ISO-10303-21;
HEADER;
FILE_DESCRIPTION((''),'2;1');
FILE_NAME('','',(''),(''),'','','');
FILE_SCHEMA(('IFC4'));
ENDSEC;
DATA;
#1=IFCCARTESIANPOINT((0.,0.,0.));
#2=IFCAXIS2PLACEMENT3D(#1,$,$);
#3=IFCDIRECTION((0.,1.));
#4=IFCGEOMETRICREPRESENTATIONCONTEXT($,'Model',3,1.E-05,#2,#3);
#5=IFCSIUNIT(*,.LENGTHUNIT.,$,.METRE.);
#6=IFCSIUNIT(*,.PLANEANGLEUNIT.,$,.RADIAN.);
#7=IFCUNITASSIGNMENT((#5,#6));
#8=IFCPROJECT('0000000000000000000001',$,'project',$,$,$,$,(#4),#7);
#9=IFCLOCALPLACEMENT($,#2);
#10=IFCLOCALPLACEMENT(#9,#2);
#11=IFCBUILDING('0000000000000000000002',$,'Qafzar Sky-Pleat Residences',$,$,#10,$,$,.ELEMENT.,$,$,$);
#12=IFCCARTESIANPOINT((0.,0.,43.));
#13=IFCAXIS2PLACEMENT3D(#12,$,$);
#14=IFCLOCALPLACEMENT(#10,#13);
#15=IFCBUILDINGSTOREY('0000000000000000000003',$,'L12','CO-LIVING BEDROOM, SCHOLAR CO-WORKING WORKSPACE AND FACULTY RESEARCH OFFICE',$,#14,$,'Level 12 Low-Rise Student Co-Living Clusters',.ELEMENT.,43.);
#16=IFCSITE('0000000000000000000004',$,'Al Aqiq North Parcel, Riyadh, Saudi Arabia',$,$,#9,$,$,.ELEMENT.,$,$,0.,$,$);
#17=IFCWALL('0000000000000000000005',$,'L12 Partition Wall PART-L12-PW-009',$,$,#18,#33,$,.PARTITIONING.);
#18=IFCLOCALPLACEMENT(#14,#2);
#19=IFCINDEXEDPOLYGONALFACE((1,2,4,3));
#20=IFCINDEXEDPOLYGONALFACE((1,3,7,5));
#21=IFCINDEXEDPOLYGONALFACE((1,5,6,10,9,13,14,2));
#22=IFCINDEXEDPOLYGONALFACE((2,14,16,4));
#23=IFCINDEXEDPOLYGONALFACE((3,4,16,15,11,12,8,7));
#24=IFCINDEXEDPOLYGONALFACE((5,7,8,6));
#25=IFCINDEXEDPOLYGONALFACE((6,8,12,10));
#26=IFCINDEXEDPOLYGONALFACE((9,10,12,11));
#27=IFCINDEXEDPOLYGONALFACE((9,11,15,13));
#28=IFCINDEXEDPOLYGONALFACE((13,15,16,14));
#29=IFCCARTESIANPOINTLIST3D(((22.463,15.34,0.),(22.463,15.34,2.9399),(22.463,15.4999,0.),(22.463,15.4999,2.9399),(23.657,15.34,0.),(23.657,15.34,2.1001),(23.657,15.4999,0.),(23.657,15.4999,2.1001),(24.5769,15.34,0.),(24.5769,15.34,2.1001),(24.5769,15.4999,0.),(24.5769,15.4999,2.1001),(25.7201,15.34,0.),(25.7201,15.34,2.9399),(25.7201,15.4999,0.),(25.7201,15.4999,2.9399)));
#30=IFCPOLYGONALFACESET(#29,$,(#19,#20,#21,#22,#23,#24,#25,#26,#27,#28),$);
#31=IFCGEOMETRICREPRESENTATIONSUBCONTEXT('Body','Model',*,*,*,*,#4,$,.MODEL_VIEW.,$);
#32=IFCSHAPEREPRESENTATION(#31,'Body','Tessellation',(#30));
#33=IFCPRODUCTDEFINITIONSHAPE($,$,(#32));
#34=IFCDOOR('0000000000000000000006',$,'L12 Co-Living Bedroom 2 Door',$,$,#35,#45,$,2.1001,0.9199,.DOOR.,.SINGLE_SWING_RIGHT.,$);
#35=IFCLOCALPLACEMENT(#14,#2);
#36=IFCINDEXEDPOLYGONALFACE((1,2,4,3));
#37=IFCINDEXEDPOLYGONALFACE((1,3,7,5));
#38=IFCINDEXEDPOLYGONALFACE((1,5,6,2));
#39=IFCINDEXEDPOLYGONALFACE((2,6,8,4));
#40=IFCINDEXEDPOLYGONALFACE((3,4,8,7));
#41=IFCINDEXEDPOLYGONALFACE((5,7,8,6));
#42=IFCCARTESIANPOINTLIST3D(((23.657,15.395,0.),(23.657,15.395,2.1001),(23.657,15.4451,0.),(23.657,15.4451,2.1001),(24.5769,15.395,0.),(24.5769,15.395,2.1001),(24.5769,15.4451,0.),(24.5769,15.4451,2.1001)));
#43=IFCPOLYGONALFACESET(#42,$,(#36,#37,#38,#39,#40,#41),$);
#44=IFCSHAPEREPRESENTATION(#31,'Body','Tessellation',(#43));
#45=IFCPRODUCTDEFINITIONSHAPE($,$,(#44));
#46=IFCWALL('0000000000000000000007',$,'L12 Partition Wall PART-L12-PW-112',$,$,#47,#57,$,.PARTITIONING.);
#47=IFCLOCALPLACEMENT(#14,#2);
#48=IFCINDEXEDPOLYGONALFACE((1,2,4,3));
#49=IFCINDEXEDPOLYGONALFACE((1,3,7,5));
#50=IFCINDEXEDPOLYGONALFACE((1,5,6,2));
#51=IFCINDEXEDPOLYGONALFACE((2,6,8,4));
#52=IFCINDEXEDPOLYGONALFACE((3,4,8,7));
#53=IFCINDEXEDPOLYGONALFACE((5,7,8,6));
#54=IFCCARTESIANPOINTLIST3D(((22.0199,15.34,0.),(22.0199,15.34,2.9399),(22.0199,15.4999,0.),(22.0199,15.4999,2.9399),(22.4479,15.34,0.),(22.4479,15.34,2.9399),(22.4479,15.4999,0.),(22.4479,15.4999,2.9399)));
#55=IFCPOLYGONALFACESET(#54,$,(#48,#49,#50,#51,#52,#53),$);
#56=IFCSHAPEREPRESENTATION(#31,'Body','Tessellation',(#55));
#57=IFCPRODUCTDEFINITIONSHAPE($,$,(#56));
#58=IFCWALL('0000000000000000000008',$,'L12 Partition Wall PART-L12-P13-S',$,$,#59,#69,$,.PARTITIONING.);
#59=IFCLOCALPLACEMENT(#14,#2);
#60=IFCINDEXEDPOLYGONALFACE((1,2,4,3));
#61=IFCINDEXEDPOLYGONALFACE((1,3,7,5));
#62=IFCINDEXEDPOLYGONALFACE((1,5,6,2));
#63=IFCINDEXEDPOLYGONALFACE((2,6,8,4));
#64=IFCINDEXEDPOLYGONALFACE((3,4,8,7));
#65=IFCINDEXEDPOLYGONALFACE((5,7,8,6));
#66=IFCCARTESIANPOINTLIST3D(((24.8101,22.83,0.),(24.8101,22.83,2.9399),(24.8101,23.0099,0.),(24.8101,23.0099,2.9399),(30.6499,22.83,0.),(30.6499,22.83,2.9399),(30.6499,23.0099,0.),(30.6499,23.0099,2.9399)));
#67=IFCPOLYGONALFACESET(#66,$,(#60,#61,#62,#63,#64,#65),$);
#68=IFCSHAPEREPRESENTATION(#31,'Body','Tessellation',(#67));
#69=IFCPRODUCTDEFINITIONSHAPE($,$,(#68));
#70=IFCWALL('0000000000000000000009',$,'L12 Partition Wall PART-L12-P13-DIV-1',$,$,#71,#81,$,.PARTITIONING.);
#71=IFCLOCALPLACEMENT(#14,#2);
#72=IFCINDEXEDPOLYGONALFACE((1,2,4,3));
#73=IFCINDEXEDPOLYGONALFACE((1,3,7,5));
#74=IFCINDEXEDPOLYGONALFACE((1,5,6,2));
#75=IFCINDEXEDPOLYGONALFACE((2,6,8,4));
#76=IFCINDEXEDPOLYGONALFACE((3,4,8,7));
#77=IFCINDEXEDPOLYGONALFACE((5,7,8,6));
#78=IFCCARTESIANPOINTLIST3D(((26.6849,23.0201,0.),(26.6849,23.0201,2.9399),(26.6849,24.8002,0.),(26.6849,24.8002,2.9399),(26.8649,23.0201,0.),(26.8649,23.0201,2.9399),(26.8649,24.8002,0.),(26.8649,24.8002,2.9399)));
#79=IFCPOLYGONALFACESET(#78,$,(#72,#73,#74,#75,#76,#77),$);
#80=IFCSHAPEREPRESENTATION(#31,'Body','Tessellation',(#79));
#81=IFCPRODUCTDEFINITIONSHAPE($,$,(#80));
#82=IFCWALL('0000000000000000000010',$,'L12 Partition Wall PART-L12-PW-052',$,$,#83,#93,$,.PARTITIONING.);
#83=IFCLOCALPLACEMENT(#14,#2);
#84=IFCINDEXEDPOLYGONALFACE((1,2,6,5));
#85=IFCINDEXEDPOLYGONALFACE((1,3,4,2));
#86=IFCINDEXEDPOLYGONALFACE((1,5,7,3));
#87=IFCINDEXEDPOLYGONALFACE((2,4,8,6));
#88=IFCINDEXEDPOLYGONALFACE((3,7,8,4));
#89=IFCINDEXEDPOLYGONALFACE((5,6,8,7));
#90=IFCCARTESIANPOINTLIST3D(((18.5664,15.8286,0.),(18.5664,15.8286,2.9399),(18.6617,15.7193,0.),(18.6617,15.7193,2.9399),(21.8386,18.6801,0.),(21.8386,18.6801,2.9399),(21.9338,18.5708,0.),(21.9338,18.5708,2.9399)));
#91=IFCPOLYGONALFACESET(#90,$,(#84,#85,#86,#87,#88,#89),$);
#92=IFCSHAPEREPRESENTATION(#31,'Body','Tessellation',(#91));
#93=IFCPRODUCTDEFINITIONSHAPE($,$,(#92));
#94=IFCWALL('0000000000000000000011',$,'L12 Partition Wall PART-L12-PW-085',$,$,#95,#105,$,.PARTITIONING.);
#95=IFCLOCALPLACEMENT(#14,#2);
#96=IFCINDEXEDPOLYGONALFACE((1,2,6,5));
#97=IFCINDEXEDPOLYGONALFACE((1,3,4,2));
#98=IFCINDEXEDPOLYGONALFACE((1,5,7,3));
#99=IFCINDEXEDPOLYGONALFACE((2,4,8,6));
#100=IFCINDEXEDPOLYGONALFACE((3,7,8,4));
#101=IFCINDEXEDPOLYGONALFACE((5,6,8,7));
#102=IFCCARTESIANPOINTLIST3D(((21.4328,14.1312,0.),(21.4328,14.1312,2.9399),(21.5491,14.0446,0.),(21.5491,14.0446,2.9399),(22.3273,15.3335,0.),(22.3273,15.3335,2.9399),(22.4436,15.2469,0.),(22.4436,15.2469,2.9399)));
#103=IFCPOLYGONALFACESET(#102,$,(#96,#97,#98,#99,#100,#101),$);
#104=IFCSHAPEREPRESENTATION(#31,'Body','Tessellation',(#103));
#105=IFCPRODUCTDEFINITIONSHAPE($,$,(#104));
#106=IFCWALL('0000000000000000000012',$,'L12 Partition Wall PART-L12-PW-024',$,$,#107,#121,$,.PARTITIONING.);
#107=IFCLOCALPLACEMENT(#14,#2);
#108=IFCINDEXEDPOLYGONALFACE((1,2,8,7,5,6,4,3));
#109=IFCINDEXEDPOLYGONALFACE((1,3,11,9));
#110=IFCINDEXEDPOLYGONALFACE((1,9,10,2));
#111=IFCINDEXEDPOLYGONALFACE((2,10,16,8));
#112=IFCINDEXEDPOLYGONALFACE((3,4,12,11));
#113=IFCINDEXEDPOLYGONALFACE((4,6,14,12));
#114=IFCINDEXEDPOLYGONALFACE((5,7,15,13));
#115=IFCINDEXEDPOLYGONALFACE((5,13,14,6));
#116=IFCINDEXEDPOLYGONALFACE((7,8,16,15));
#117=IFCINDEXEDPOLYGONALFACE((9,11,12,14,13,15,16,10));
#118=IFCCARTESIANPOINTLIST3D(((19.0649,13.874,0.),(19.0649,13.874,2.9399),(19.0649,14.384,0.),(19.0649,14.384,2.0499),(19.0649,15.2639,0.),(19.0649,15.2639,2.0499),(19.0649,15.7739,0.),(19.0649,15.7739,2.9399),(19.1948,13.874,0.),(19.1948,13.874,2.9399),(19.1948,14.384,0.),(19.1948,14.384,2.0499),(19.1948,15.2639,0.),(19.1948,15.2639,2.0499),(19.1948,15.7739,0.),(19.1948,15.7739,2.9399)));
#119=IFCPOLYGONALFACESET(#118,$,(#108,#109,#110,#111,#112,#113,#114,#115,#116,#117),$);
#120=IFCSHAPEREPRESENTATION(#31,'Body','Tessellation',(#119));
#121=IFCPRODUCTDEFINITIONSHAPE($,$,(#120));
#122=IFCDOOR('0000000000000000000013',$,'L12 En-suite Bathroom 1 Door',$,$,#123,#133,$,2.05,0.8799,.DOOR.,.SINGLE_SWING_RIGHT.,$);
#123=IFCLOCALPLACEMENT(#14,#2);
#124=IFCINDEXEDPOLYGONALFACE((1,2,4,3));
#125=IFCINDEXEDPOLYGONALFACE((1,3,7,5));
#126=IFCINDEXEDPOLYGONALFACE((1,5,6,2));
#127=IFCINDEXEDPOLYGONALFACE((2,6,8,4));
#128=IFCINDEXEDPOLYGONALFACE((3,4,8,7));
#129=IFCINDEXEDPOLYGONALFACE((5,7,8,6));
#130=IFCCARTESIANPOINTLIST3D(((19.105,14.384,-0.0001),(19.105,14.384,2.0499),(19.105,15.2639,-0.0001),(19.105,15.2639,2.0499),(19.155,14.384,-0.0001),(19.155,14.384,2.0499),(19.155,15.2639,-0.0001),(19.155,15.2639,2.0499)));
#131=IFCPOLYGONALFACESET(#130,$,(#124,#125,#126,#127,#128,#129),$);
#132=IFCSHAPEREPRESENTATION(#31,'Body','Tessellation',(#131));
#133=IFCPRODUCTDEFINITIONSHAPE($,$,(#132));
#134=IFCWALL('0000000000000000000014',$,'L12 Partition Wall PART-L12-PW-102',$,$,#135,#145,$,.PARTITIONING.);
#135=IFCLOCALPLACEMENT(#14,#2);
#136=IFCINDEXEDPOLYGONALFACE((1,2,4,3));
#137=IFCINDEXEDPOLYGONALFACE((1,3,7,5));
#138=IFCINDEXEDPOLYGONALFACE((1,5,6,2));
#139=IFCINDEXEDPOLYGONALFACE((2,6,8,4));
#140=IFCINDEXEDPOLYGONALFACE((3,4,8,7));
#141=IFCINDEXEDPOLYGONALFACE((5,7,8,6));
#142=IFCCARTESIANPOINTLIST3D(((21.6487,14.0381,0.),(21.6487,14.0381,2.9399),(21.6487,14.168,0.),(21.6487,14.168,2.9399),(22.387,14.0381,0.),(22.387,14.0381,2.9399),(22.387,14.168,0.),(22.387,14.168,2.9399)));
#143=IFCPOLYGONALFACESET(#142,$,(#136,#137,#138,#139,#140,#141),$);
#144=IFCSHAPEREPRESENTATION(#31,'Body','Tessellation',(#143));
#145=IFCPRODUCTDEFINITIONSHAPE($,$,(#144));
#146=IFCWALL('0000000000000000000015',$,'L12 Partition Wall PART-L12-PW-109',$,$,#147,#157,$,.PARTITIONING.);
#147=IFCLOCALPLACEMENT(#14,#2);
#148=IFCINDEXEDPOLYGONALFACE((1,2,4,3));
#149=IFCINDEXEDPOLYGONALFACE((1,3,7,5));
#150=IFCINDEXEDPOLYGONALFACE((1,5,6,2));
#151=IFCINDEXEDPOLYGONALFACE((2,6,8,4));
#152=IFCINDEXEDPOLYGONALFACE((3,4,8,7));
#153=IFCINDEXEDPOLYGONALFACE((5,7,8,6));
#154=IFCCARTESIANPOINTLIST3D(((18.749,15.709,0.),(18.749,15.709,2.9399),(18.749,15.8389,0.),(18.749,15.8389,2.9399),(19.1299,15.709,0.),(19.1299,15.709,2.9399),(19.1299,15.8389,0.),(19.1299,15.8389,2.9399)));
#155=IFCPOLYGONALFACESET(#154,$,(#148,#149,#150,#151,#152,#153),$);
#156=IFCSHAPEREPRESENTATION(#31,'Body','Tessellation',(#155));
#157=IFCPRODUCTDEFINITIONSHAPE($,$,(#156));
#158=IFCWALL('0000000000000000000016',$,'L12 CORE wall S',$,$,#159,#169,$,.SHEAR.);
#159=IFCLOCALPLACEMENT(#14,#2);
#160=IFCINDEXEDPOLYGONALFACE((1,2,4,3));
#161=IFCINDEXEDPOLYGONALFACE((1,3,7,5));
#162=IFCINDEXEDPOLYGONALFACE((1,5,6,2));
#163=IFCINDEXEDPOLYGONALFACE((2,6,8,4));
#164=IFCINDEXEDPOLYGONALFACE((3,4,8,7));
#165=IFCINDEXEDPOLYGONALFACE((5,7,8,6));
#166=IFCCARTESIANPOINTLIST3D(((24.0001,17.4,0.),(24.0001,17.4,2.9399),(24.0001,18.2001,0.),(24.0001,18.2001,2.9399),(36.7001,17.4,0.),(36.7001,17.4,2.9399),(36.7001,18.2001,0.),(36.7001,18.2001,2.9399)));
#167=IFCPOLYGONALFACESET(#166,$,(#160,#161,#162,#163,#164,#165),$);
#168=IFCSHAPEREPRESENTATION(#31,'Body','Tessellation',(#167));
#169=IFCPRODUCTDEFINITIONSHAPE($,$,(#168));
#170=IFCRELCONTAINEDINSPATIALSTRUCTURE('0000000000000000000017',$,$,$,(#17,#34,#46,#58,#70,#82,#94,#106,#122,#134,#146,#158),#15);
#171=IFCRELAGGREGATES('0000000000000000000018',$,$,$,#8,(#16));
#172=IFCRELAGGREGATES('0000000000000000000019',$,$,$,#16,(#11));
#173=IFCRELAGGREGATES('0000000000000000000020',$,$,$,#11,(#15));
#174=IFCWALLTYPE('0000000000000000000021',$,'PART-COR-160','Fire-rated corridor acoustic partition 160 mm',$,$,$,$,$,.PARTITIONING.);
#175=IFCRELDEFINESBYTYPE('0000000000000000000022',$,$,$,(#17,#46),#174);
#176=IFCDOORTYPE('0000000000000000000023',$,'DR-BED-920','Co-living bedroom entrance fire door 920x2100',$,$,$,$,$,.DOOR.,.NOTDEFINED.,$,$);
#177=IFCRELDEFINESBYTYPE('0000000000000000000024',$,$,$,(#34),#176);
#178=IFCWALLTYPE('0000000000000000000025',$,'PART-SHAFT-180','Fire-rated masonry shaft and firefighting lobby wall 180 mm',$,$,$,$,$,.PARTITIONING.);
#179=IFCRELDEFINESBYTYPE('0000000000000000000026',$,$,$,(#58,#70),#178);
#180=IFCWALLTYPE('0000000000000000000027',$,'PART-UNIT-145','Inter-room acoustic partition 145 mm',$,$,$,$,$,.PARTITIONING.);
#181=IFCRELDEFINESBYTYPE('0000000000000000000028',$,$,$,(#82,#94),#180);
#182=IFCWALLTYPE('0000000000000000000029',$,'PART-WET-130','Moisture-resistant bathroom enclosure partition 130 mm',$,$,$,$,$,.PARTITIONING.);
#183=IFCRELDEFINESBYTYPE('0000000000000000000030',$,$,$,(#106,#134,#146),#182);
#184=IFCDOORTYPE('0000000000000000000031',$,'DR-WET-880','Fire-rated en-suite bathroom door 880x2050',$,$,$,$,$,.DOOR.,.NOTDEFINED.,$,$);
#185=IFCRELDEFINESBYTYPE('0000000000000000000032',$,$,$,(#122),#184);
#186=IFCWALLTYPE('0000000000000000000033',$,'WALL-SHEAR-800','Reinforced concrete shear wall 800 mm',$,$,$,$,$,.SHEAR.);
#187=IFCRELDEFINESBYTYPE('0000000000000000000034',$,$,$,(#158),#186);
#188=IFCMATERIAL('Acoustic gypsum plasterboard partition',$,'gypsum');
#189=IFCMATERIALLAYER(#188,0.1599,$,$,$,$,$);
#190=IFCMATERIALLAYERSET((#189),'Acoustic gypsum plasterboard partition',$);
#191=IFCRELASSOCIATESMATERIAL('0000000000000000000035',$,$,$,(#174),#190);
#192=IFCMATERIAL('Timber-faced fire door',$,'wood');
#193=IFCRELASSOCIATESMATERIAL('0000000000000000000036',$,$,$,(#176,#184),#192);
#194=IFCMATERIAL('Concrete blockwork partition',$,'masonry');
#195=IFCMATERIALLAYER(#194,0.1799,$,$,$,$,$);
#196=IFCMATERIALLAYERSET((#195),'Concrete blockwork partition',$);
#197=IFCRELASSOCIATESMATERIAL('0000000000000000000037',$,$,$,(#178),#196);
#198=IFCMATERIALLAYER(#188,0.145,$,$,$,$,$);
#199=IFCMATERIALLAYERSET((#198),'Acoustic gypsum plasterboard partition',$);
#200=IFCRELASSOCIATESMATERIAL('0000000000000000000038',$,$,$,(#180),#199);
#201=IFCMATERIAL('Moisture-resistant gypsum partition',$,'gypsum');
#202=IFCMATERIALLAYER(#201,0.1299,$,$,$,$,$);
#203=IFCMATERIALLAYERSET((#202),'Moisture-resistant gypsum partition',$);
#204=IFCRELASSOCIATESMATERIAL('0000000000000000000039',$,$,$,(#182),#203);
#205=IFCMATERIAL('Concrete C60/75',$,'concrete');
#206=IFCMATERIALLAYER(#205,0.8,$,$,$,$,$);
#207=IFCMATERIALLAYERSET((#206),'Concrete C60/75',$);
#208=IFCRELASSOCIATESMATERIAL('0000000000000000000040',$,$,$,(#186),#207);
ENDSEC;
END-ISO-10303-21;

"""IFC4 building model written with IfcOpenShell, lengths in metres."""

from ifc_helpers import new_model, si_unit, direction, frame, frame_2d, origin, place, context, subcontext, project, spatial, rectangle, extrude, source, transform, mapped, material, layer, layer_set, type_object, element, fill, save


model = new_model("IFC4")

# Units and contexts
model_context = context("Model", 3, precision=1e-05, world=origin(), true_north=direction((0.0, 1.0)))
body_context = subcontext(model_context, "Body", "Model", "MODEL_VIEW")
ifc_project = project(units=[si_unit("LENGTHUNIT", "METRE"), si_unit("PLANEANGLEUNIT", "RADIAN")], contexts=[model_context])

# Site, building, storey
site_placement = place(None, origin())
site = spatial("IfcSite", under=ifc_project, at=site_placement, Name="Al Aqiq North Parcel, Riyadh, Saudi Arabia", CompositionType="ELEMENT", RefElevation=0.0)
building_placement = place(site_placement, origin())
building = spatial("IfcBuilding", under=site, at=building_placement, Name="Qafzar Sky-Pleat Residences", CompositionType="ELEMENT")
storey_placement = place(building_placement, frame((0.0, 0.0, 43.0)))
storey = spatial("IfcBuildingStorey", under=building, at=storey_placement, Name="L12", Description="CO-LIVING BEDROOM, SCHOLAR CO-WORKING WORKSPACE AND FACULTY RESEARCH OFFICE", LongName="Level 12 Low-Rise Student Co-Living Clusters", CompositionType="ELEMENT", Elevation=43.0)

# Wall, opening, door
ifc_material_1 = material(Name="Acoustic gypsum plasterboard partition", Category="gypsum")
ifc_layer_1 = layer(ifc_material_1, 0.1599)
ifc_layer_set_1 = layer_set([ifc_layer_1], Name="Acoustic gypsum plasterboard partition")
wall_type_1 = type_object("IfcWallType", Name="PART-COR-160", Description="Fire-rated corridor acoustic partition 160 mm", PredefinedType="PARTITIONING", material=ifc_layer_set_1)
ifc_material_2 = material(Name="Timber-faced fire door", Category="wood")
door_type_1 = type_object("IfcDoorType", Name="DR-BED-920", Description="Co-living bedroom entrance fire door 920x2100", OperationType="NOTDEFINED", PredefinedType="DOOR", material=ifc_material_2)
shared_shape_1 = source(origin(), body_context, "Body", "SweptSolid", [
    extrude(rectangle(XDim=0.9199, YDim=2.1001, at=frame_2d((0.46, 1.05))), frame((0.0, 0.0249, 0.0), z_axis=(0.0, -1.0, 0.0), x_axis=(1.0, 0.0, 0.0)), (0.0, 0.0, 1.0), 0.05),
])
wall_1_placement = place(storey_placement, frame((25.72, 15.4199, 0.0), z_axis=(0.0, 0.0, 1.0), x_axis=(-1.0, 0.0, 0.0)))
wall_1 = element("IfcWall", 1, at=wall_1_placement, inside=storey, type_object=wall_type_1, Name="L12 Partition Wall PART-L12-PW-009", PredefinedType="PARTITIONING", context=body_context, shape_type="SweptSolid", body=[
    extrude(rectangle(XDim=3.2571, YDim=0.1599, at=frame_2d((1.6284, 0.0))), origin(), (0.0, 0.0, 1.0), 2.9399),
])
opening_1_placement = place(wall_1_placement, frame((1.1431, 0.0, 0.0)))
opening_1 = element("IfcOpeningElement", 2, at=opening_1_placement, cuts=wall_1, PredefinedType="OPENING", context=body_context, shape_type="SweptSolid", body=[
    extrude(rectangle(XDim=0.9199, YDim=2.1001, at=frame_2d((0.46, 1.05))), frame((0.0, 0.0898, 0.0), z_axis=(0.0, -1.0, 0.0), x_axis=(1.0, 0.0, 0.0)), (0.0, 0.0, 1.0), 0.1799),
])
door_1_placement = place(opening_1_placement, origin())
door_1 = element("IfcDoor", 3, at=door_1_placement, inside=storey, type_object=door_type_1, Name="L12 Co-Living Bedroom 2 Door", OperationType="SINGLE_SWING_RIGHT", OverallHeight=2.1001, OverallWidth=0.9199, PredefinedType="DOOR", context=body_context, shape_type="MappedRepresentation", body=[
    mapped(shared_shape_1, transform((0.0, 0.0, 0.0), x_axis=(1.0, 0.0, 0.0), y_axis=(0.0, 1.0, 0.0), z_axis=(0.0, 0.0, 1.0), scale=1.0)),
])
fill(opening_1, door_1)

# Walls
wall_2_placement = place(storey_placement, frame((22.02, 15.4199, 0.0), z_axis=(0.0, 0.0, 1.0), x_axis=(1.0, 0.0, 0.0)))
element("IfcWall", 4, at=wall_2_placement, inside=storey, type_object=wall_type_1, Name="L12 Partition Wall PART-L12-PW-112", PredefinedType="PARTITIONING", context=body_context, shape_type="SweptSolid", body=[
    extrude(rectangle(XDim=0.428, YDim=0.1599, at=frame_2d((0.2139, 0.0))), origin(), (0.0, 0.0, 1.0), 2.9399),
])
ifc_material_3 = material(Name="Concrete blockwork partition", Category="masonry")
ifc_layer_2 = layer(ifc_material_3, 0.1799)
ifc_layer_set_2 = layer_set([ifc_layer_2], Name="Concrete blockwork partition")
wall_type_2 = type_object("IfcWallType", Name="PART-SHAFT-180", Description="Fire-rated masonry shaft and firefighting lobby wall 180 mm", PredefinedType="PARTITIONING", material=ifc_layer_set_2)
wall_3_placement = place(storey_placement, frame((24.8101, 22.9199, 0.0), z_axis=(0.0, 0.0, 1.0), x_axis=(1.0, 0.0, 0.0)))
element("IfcWall", 5, at=wall_3_placement, inside=storey, type_object=wall_type_2, Name="L12 Partition Wall PART-L12-P13-S", PredefinedType="PARTITIONING", context=body_context, shape_type="SweptSolid", body=[
    extrude(rectangle(XDim=5.8398, YDim=0.1799, at=frame_2d((2.9199, 0.0))), origin(), (0.0, 0.0, 1.0), 2.9399),
])
wall_4_placement = place(storey_placement, frame((26.7749, 23.02, 0.0), z_axis=(0.0, 0.0, 1.0), x_axis=(0.0, 1.0, 0.0)))
element("IfcWall", 6, at=wall_4_placement, inside=storey, type_object=wall_type_2, Name="L12 Partition Wall PART-L12-P13-DIV-1", PredefinedType="PARTITIONING", context=body_context, shape_type="SweptSolid", body=[
    extrude(rectangle(XDim=1.78, YDim=0.1799, at=frame_2d((0.8901, 0.0))), origin(), (0.0, 0.0, 1.0), 2.9399),
])
ifc_layer_3 = layer(ifc_material_1, 0.145)
ifc_layer_set_3 = layer_set([ifc_layer_3], Name="Acoustic gypsum plasterboard partition")
wall_type_3 = type_object("IfcWallType", Name="PART-UNIT-145", Description="Inter-room acoustic partition 145 mm", PredefinedType="PARTITIONING", material=ifc_layer_set_3)
wall_5_placement = place(storey_placement, frame((18.614, 15.7739, 0.0), z_axis=(0.0, 0.0, 1.0), x_axis=(0.753903, 0.656986, 0.0)))
element("IfcWall", 7, at=wall_5_placement, inside=storey, type_object=wall_type_3, Name="L12 Partition Wall PART-L12-PW-052", PredefinedType="PARTITIONING", context=body_context, shape_type="SweptSolid", body=[
    extrude(rectangle(XDim=4.3403, YDim=0.145, at=frame_2d((2.1702, 0.0))), origin(), (0.0, 0.0, 1.0), 2.9399),
])
wall_6_placement = place(storey_placement, frame((21.491, 14.0879, 0.0), z_axis=(0.0, 0.0, 1.0), x_axis=(0.596894, 0.80232, 0.0)))
element("IfcWall", 8, at=wall_6_placement, inside=storey, type_object=wall_type_3, Name="L12 Partition Wall PART-L12-PW-085", PredefinedType="PARTITIONING", context=body_context, shape_type="SweptSolid", body=[
    extrude(rectangle(XDim=1.4985, YDim=0.145, at=frame_2d((0.7493, 0.0))), origin(), (0.0, 0.0, 1.0), 2.9399),
])

# Wall, opening, door
ifc_material_4 = material(Name="Moisture-resistant gypsum partition", Category="gypsum")
ifc_layer_4 = layer(ifc_material_4, 0.1299)
ifc_layer_set_4 = layer_set([ifc_layer_4], Name="Moisture-resistant gypsum partition")
wall_type_4 = type_object("IfcWallType", Name="PART-WET-130", Description="Moisture-resistant bathroom enclosure partition 130 mm", PredefinedType="PARTITIONING", material=ifc_layer_set_4)
wall_7_placement = place(storey_placement, frame((19.1299, 13.874, 0.0), z_axis=(0.0, 0.0, 1.0), x_axis=(0.0, 1.0, 0.0)))
wall_7 = element("IfcWall", 9, at=wall_7_placement, inside=storey, type_object=wall_type_4, Name="L12 Partition Wall PART-L12-PW-024", PredefinedType="PARTITIONING", context=body_context, shape_type="SweptSolid", body=[
    extrude(rectangle(XDim=1.8999, YDim=0.1299, at=frame_2d((0.95, 0.0))), origin(), (0.0, 0.0, 1.0), 2.9399),
])
opening_2_placement = place(wall_7_placement, frame((0.51, 0.0, 0.0)))
opening_2 = element("IfcOpeningElement", 10, at=opening_2_placement, cuts=wall_7, PredefinedType="OPENING", context=body_context, shape_type="SweptSolid", body=[
    extrude(rectangle(XDim=0.8799, YDim=2.05, at=frame_2d((0.4399, 1.0249))), frame((0.0, 0.075, 0.0), z_axis=(0.0, -1.0, 0.0), x_axis=(1.0, 0.0, 0.0)), (0.0, 0.0, 1.0), 0.1499),
])
door_type_2 = type_object("IfcDoorType", Name="DR-WET-880", Description="Fire-rated en-suite bathroom door 880x2050", OperationType="NOTDEFINED", PredefinedType="DOOR", material=ifc_material_2)
shared_shape_2 = source(origin(), body_context, "Body", "SweptSolid", [
    extrude(rectangle(XDim=0.8799, YDim=2.05, at=frame_2d((0.4399, 1.0249))), frame((0.0, 0.0249, 0.0), z_axis=(0.0, -1.0, 0.0), x_axis=(1.0, 0.0, 0.0)), (0.0, 0.0, 1.0), 0.05),
])
door_2_placement = place(opening_2_placement, origin())
door_2 = element("IfcDoor", 11, at=door_2_placement, inside=storey, type_object=door_type_2, Name="L12 En-suite Bathroom 1 Door", OperationType="SINGLE_SWING_RIGHT", OverallHeight=2.05, OverallWidth=0.8799, PredefinedType="DOOR", context=body_context, shape_type="MappedRepresentation", body=[
    mapped(shared_shape_2, transform((0.0, 0.0, 0.0), x_axis=(1.0, 0.0, 0.0), y_axis=(0.0, 1.0, 0.0), z_axis=(0.0, 0.0, 1.0), scale=1.0)),
])
fill(opening_2, door_2)

# Walls
wall_8_placement = place(storey_placement, frame((21.6487, 14.103, 0.0), z_axis=(0.0, 0.0, 1.0), x_axis=(1.0, 0.0, 0.0)))
element("IfcWall", 12, at=wall_8_placement, inside=storey, type_object=wall_type_4, Name="L12 Partition Wall PART-L12-PW-102", PredefinedType="PARTITIONING", context=body_context, shape_type="SweptSolid", body=[
    extrude(rectangle(XDim=0.7383, YDim=0.1299, at=frame_2d((0.3691, 0.0))), origin(), (0.0, 0.0, 1.0), 2.9399),
])
wall_9_placement = place(storey_placement, frame((18.749, 15.7739, 0.0), z_axis=(0.0, 0.0, 1.0), x_axis=(1.0, 0.0, 0.0)))
element("IfcWall", 13, at=wall_9_placement, inside=storey, type_object=wall_type_4, Name="L12 Partition Wall PART-L12-PW-109", PredefinedType="PARTITIONING", context=body_context, shape_type="SweptSolid", body=[
    extrude(rectangle(XDim=0.3809, YDim=0.1299, at=frame_2d((0.1904, 0.0))), origin(), (0.0, 0.0, 1.0), 2.9399),
])

# Shared definitions
ifc_material_5 = material(Name="Concrete C60/75", Category="concrete")

# Wall
ifc_layer_5 = layer(ifc_material_5, 0.8)
ifc_layer_set_5 = layer_set([ifc_layer_5], Name="Concrete C60/75")
wall_type_5 = type_object("IfcWallType", Name="WALL-SHEAR-800", Description="Reinforced concrete shear wall 800 mm", PredefinedType="SHEAR", material=ifc_layer_set_5)
wall_10_placement = place(storey_placement, frame((24.0, 17.8, 0.0), z_axis=(0.0, 0.0, 1.0), x_axis=(1.0, 0.0, 0.0)))
element("IfcWall", 14, at=wall_10_placement, inside=storey, type_object=wall_type_5, Name="L12 CORE wall S", PredefinedType="SHEAR", context=body_context, shape_type="SweptSolid", body=[
    extrude(rectangle(XDim=12.7, YDim=0.8, at=frame_2d((6.3501, 0.0))), origin(), (0.0, 0.0, 1.0), 2.9399),
])

save(model, "model.ifc")
